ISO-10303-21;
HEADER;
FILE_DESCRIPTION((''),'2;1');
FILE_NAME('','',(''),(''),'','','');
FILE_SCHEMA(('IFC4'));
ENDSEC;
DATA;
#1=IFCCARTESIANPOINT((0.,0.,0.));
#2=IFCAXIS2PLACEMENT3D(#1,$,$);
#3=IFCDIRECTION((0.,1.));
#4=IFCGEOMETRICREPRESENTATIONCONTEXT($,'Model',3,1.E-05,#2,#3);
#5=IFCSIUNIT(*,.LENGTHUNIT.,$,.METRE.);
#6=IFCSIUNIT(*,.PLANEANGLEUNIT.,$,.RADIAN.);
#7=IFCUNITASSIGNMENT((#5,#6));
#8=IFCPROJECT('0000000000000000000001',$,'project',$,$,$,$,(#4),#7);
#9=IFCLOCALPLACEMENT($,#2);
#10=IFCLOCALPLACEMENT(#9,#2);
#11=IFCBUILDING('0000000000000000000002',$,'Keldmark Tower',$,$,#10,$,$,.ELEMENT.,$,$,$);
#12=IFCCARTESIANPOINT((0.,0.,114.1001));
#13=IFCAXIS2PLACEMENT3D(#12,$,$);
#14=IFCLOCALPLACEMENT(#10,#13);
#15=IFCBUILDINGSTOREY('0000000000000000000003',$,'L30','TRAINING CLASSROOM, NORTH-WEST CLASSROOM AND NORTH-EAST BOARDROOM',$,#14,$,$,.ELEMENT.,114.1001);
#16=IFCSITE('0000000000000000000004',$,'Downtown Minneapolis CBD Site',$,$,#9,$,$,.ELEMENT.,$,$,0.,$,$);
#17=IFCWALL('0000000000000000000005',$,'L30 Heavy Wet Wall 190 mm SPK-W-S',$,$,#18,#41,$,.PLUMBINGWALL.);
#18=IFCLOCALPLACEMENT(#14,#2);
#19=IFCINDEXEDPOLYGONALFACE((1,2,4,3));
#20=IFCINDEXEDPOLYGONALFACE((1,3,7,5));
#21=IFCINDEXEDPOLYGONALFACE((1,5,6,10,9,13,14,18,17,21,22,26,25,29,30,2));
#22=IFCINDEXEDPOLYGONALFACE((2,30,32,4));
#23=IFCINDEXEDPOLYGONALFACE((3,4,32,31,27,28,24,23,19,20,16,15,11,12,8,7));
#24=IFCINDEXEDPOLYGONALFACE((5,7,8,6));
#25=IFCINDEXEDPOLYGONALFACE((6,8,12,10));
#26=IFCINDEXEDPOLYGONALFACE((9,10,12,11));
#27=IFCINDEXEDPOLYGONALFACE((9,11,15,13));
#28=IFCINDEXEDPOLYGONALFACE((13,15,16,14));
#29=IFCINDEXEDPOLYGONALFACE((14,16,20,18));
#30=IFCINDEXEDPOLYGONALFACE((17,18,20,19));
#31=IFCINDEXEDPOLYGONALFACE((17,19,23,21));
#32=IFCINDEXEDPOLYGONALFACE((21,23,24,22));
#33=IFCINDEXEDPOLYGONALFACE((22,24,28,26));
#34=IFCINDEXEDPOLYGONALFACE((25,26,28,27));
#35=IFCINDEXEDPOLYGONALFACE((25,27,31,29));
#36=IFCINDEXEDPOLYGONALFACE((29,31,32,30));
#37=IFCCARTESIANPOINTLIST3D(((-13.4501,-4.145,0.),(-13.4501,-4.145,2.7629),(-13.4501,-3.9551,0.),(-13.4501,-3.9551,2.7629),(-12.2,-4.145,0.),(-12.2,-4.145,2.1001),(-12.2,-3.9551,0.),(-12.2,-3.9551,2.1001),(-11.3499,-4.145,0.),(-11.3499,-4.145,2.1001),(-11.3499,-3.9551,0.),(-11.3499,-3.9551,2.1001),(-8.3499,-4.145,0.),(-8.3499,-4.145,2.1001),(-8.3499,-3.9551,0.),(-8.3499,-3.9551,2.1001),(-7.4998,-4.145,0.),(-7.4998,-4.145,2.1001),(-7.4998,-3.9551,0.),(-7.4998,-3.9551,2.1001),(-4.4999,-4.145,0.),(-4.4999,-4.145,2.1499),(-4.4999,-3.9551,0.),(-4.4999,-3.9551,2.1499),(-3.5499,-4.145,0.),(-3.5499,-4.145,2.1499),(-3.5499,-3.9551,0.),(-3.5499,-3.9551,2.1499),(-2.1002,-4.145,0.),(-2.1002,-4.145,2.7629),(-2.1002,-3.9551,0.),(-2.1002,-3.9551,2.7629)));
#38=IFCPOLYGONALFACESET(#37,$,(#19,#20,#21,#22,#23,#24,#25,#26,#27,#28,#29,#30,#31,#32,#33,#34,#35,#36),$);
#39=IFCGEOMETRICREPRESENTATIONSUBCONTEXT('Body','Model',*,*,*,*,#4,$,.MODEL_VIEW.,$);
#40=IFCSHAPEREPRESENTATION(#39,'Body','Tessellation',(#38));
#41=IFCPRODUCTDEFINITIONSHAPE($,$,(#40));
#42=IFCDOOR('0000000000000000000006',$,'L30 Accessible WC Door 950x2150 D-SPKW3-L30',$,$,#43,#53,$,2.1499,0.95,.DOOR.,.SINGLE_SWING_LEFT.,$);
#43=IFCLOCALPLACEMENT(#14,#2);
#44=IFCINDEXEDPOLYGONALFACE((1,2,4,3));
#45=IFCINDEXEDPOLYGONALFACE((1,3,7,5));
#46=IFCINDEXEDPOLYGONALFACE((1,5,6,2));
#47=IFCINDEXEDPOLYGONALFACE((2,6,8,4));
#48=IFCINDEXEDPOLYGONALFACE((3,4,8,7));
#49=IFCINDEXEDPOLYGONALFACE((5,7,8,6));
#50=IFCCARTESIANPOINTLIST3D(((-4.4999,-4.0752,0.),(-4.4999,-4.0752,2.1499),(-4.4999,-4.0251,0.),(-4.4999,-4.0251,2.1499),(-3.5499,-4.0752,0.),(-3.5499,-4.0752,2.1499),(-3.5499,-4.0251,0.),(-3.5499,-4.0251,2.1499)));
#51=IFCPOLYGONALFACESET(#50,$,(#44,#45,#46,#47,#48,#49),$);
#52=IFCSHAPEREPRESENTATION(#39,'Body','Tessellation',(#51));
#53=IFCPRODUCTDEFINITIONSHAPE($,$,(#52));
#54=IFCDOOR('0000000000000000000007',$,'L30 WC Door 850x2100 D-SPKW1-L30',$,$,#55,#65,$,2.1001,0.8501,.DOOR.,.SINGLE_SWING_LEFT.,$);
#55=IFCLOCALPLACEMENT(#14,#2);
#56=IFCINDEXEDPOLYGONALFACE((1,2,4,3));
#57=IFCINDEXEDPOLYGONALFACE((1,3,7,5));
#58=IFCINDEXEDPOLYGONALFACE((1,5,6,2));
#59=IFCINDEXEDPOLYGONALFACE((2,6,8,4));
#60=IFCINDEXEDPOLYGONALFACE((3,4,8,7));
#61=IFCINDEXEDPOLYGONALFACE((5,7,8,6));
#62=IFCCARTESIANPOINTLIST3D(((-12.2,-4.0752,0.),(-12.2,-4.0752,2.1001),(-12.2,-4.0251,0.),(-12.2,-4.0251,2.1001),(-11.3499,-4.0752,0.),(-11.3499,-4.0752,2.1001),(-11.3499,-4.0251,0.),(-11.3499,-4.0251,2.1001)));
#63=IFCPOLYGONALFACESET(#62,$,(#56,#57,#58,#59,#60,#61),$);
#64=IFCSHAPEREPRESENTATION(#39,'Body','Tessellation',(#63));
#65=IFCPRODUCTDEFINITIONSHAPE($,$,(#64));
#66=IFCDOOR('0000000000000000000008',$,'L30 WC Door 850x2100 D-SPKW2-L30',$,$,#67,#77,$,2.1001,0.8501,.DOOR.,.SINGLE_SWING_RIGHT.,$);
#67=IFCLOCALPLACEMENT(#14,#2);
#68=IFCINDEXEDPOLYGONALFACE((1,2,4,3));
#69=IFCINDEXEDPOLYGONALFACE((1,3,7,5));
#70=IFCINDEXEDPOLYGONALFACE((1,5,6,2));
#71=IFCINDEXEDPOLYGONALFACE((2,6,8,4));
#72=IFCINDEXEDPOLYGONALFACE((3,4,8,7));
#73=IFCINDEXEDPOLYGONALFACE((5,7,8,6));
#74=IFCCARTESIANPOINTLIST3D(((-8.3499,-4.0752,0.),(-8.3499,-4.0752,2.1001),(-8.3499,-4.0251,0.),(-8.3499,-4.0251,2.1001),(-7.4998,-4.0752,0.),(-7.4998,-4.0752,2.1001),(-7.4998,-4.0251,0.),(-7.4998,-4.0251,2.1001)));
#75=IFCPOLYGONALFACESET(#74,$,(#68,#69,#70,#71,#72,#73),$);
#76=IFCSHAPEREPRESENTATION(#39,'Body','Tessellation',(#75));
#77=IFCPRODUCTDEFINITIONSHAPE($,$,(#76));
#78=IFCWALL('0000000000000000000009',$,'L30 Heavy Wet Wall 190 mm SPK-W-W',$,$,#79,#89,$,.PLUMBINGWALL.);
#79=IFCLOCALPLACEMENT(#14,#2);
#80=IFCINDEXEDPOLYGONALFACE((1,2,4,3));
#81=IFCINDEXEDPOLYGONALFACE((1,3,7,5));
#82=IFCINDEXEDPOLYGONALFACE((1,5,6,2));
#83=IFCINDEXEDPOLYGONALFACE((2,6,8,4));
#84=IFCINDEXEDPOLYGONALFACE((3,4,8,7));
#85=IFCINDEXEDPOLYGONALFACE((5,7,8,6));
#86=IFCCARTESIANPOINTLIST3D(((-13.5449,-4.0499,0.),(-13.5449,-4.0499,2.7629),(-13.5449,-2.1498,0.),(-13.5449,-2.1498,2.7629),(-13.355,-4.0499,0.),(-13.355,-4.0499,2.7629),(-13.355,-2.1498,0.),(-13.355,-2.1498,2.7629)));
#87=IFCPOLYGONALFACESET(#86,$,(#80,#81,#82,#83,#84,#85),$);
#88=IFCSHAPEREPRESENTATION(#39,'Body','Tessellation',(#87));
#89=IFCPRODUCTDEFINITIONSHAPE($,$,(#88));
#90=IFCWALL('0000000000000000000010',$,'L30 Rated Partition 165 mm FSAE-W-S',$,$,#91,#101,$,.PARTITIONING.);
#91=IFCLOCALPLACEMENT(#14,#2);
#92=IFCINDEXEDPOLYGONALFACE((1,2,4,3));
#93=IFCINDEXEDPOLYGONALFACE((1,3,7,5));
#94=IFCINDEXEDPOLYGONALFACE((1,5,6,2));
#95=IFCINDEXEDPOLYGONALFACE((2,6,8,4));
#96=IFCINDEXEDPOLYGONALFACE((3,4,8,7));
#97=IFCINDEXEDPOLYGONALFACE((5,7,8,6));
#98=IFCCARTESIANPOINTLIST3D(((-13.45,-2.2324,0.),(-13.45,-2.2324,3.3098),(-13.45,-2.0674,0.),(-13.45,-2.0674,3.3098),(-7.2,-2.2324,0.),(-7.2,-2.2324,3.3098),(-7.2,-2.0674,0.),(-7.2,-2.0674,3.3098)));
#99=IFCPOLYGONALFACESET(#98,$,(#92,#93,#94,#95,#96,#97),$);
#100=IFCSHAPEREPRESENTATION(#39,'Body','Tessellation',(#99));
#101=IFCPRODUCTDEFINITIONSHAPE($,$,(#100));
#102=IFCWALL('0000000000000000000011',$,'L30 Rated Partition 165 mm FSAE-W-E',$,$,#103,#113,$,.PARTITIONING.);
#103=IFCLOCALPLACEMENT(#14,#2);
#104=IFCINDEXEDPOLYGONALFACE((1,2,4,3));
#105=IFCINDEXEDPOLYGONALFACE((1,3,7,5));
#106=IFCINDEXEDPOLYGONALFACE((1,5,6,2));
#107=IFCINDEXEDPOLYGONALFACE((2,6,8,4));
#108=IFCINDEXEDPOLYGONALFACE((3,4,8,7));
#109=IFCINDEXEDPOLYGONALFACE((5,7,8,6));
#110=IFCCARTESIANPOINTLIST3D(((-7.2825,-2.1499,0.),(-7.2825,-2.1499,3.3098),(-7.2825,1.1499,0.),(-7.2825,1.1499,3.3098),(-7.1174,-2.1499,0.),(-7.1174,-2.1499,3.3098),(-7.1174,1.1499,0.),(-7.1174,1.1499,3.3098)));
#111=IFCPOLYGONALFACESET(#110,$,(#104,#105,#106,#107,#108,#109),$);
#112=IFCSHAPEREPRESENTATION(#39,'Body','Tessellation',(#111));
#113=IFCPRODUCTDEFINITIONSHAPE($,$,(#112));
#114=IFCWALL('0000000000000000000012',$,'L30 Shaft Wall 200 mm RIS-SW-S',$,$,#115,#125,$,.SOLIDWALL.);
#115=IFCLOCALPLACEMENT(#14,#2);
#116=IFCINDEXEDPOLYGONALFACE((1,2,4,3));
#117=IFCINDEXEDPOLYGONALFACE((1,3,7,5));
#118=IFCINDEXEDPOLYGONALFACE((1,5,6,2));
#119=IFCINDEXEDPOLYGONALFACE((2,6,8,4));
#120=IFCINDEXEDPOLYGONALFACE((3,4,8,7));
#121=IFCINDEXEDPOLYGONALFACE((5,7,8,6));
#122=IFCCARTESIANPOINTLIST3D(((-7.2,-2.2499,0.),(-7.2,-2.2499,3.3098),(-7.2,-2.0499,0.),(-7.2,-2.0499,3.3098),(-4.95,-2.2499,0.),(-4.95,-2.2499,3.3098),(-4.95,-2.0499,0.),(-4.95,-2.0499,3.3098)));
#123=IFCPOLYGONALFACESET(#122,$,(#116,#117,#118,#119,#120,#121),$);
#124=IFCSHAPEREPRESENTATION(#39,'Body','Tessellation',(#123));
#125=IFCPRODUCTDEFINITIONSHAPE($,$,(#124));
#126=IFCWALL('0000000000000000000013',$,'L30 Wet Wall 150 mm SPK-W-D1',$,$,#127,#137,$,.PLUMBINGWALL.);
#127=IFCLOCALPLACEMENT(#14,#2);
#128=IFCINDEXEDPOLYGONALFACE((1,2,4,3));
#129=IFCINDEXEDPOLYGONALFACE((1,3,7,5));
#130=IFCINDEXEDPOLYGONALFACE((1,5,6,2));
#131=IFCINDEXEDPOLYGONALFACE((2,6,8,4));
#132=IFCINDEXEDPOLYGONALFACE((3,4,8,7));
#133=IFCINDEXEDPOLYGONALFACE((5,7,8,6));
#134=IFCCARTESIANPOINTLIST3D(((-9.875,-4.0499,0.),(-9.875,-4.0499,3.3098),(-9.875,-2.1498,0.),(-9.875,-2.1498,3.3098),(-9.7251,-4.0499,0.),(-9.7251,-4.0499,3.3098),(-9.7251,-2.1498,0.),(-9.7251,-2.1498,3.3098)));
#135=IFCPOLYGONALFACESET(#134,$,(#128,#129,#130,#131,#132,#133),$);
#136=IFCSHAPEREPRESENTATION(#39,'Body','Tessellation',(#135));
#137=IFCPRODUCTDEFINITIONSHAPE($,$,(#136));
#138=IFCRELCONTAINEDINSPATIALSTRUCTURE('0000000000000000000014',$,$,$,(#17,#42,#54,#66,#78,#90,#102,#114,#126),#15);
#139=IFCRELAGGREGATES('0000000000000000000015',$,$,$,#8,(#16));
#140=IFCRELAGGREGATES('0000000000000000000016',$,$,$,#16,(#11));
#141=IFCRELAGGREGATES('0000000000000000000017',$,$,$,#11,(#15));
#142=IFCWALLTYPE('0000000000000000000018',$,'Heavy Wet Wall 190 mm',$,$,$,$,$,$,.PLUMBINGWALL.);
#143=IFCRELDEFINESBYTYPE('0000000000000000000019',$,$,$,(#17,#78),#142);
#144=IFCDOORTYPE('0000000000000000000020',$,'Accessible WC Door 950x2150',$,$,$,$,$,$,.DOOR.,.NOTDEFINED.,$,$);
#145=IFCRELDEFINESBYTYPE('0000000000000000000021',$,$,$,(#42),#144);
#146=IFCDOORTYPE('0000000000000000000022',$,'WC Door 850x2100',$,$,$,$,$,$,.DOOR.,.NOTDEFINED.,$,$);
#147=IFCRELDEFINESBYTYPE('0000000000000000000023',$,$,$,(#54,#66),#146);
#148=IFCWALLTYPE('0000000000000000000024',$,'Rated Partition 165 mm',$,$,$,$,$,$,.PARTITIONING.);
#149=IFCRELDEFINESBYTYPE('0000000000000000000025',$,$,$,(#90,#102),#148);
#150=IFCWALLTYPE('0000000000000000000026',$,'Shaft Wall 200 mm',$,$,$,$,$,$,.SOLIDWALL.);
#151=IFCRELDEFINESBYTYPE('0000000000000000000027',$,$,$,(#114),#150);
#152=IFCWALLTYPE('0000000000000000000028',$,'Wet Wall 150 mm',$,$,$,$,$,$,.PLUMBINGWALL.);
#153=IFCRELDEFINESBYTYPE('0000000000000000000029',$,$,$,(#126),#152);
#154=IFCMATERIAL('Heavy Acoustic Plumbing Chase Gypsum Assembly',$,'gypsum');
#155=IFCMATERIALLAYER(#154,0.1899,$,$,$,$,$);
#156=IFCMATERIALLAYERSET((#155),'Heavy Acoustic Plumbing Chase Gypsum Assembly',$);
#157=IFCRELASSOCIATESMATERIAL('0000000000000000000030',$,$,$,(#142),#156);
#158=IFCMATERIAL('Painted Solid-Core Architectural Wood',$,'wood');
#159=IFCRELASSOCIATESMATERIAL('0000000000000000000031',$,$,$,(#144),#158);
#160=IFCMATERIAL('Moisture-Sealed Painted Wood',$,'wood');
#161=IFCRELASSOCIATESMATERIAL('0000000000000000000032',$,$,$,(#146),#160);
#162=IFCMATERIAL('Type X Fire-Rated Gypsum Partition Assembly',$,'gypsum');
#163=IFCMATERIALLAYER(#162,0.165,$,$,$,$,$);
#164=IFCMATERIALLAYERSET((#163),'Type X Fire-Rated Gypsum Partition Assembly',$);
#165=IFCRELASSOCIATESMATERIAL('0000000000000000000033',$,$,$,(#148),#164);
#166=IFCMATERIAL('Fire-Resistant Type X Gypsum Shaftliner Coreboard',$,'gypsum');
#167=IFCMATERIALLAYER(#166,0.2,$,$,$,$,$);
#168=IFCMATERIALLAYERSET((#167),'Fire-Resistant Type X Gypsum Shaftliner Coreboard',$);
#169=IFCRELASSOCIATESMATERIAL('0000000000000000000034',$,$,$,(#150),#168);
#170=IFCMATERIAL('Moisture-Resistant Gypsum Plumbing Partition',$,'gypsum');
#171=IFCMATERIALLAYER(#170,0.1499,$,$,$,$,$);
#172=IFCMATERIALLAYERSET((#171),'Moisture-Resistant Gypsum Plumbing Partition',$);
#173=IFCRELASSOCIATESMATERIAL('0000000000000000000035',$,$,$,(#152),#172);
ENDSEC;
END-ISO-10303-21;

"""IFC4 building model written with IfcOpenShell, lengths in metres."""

from ifc_helpers import new_model, si_unit, direction, frame, frame_2d, origin, place, context, subcontext, project, spatial, rectangle, extrude, material, layer, layer_set, type_object, element, fill, save


model = new_model("IFC4")

# Units and contexts
model_context = context("Model", 3, precision=1e-05, world=origin(), true_north=direction((0.0, 1.0)))
body_context = subcontext(model_context, "Body", "Model", "MODEL_VIEW")
ifc_project = project(units=[si_unit("LENGTHUNIT", "METRE"), si_unit("PLANEANGLEUNIT", "RADIAN")], contexts=[model_context])

# Site, building, storey
site_placement = place(None, origin())
site = spatial("IfcSite", under=ifc_project, at=site_placement, Name="Downtown Minneapolis CBD Site", CompositionType="ELEMENT", RefElevation=0.0)
building_placement = place(site_placement, origin())
building = spatial("IfcBuilding", under=site, at=building_placement, Name="Keldmark Tower", CompositionType="ELEMENT")
storey_placement = place(building_placement, frame((0.0, 0.0, 114.1001)))
storey = spatial("IfcBuildingStorey", under=building, at=storey_placement, Name="L30", Description="TRAINING CLASSROOM, NORTH-WEST CLASSROOM AND NORTH-EAST BOARDROOM", CompositionType="ELEMENT", Elevation=114.1001)

# Wall, openings, doors
ifc_material_1 = material(Name="Heavy Acoustic Plumbing Chase Gypsum Assembly", Category="gypsum")
ifc_layer_1 = layer(ifc_material_1, 0.1899)
ifc_layer_set_1 = layer_set([ifc_layer_1], Name="Heavy Acoustic Plumbing Chase Gypsum Assembly")
wall_type_1 = type_object("IfcWallType", Name="Heavy Wet Wall 190 mm", PredefinedType="PLUMBINGWALL", material=ifc_layer_set_1)
wall_1_placement = place(storey_placement, frame((-13.45, -4.05, 0.0), z_axis=(0.0, 0.0, 1.0), x_axis=(1.0, 0.0, 0.0)))
wall_1 = element("IfcWall", 1, at=wall_1_placement, inside=storey, type_object=wall_type_1, Name="L30 Heavy Wet Wall 190 mm SPK-W-S", PredefinedType="PLUMBINGWALL", context=body_context, shape_type="SweptSolid", body=[
    extrude(rectangle(XDim=11.3499, YDim=0.1899, at=frame_2d((5.6748, 0.0))), origin(), (0.0, 0.0, 1.0), 2.7629),
])
opening_1_placement = place(wall_1_placement, frame((1.25, 0.0, 0.0)))
opening_1 = element("IfcOpeningElement", 2, at=opening_1_placement, cuts=wall_1, PredefinedType="OPENING", context=body_context, shape_type="SweptSolid", body=[
    extrude(rectangle(XDim=0.8501, YDim=2.1001, at=frame_2d((0.425, 1.05))), frame((0.0, 0.105, 0.0), z_axis=(0.0, -1.0, 0.0), x_axis=(1.0, 0.0, 0.0)), (0.0, 0.0, 1.0), 0.21),
])
opening_2_placement = place(wall_1_placement, frame((5.1001, 0.0, 0.0)))
opening_2 = element("IfcOpeningElement", 3, at=opening_2_placement, cuts=wall_1, PredefinedType="OPENING", context=body_context, shape_type="SweptSolid", body=[
    extrude(rectangle(XDim=0.8501, YDim=2.1001, at=frame_2d((0.425, 1.05))), frame((0.0, 0.105, 0.0), z_axis=(0.0, -1.0, 0.0), x_axis=(1.0, 0.0, 0.0)), (0.0, 0.0, 1.0), 0.21),
])
opening_3_placement = place(wall_1_placement, frame((8.95, 0.0, 0.0)))
opening_3 = element("IfcOpeningElement", 4, at=opening_3_placement, cuts=wall_1, PredefinedType="OPENING", context=body_context, shape_type="SweptSolid", body=[
    extrude(rectangle(XDim=0.95, YDim=2.1499, at=frame_2d((0.4751, 1.075))), frame((0.0, 0.105, 0.0), z_axis=(0.0, -1.0, 0.0), x_axis=(1.0, 0.0, 0.0)), (0.0, 0.0, 1.0), 0.21),
])
ifc_material_2 = material(Name="Painted Solid-Core Architectural Wood", Category="wood")
door_type_1 = type_object("IfcDoorType", Name="Accessible WC Door 950x2150", OperationType="NOTDEFINED", PredefinedType="DOOR", material=ifc_material_2)
door_1_placement = place(opening_3_placement, origin())
door_1 = element("IfcDoor", 5, at=door_1_placement, inside=storey, type_object=door_type_1, Name="L30 Accessible WC Door 950x2150 D-SPKW3-L30", OperationType="SINGLE_SWING_LEFT", OverallHeight=2.1499, OverallWidth=0.95, PredefinedType="DOOR", context=body_context, shape_type="SweptSolid", body=[
    extrude(rectangle(XDim=0.95, YDim=2.1499, at=frame_2d((0.4751, 1.075))), frame((0.0, 0.0249, 0.0), z_axis=(0.0, -1.0, 0.0), x_axis=(1.0, 0.0, 0.0)), (0.0, 0.0, 1.0), 0.05),
])
fill(opening_3, door_1)
ifc_material_3 = material(Name="Moisture-Sealed Painted Wood", Category="wood")
door_type_2 = type_object("IfcDoorType", Name="WC Door 850x2100", OperationType="NOTDEFINED", PredefinedType="DOOR", material=ifc_material_3)
door_2_placement = place(opening_1_placement, origin())
door_2 = element("IfcDoor", 6, at=door_2_placement, inside=storey, type_object=door_type_2, Name="L30 WC Door 850x2100 D-SPKW1-L30", OperationType="SINGLE_SWING_LEFT", OverallHeight=2.1001, OverallWidth=0.8501, PredefinedType="DOOR", context=body_context, shape_type="SweptSolid", body=[
    extrude(rectangle(XDim=0.8501, YDim=2.1001, at=frame_2d((0.425, 1.05))), frame((0.0, 0.0249, 0.0), z_axis=(0.0, -1.0, 0.0), x_axis=(1.0, 0.0, 0.0)), (0.0, 0.0, 1.0), 0.05),
])
fill(opening_1, door_2)
door_3_placement = place(opening_2_placement, origin())
door_3 = element("IfcDoor", 7, at=door_3_placement, inside=storey, type_object=door_type_2, Name="L30 WC Door 850x2100 D-SPKW2-L30", OperationType="SINGLE_SWING_RIGHT", OverallHeight=2.1001, OverallWidth=0.8501, PredefinedType="DOOR", context=body_context, shape_type="SweptSolid", body=[
    extrude(rectangle(XDim=0.8501, YDim=2.1001, at=frame_2d((0.425, 1.05))), frame((0.0, 0.0249, 0.0), z_axis=(0.0, -1.0, 0.0), x_axis=(1.0, 0.0, 0.0)), (0.0, 0.0, 1.0), 0.05),
])
fill(opening_2, door_3)

# Walls
wall_2_placement = place(storey_placement, frame((-13.45, -4.05, 0.0), z_axis=(0.0, 0.0, 1.0), x_axis=(0.0, 1.0, 0.0)))
element("IfcWall", 8, at=wall_2_placement, inside=storey, type_object=wall_type_1, Name="L30 Heavy Wet Wall 190 mm SPK-W-W", PredefinedType="PLUMBINGWALL", context=body_context, shape_type="SweptSolid", body=[
    extrude(rectangle(XDim=1.9001, YDim=0.1899, at=frame_2d((0.9502, 0.0))), origin(), (0.0, 0.0, 1.0), 2.7629),
])
ifc_material_4 = material(Name="Type X Fire-Rated Gypsum Partition Assembly", Category="gypsum")
ifc_layer_2 = layer(ifc_material_4, 0.165)
ifc_layer_set_2 = layer_set([ifc_layer_2], Name="Type X Fire-Rated Gypsum Partition Assembly")
wall_type_2 = type_object("IfcWallType", Name="Rated Partition 165 mm", PredefinedType="PARTITIONING", material=ifc_layer_set_2)
wall_3_placement = place(storey_placement, frame((-13.45, -2.1499, 0.0), z_axis=(0.0, 0.0, 1.0), x_axis=(1.0, 0.0, 0.0)))
element("IfcWall", 9, at=wall_3_placement, inside=storey, type_object=wall_type_2, Name="L30 Rated Partition 165 mm FSAE-W-S", PredefinedType="PARTITIONING", context=body_context, shape_type="SweptSolid", body=[
    extrude(rectangle(XDim=6.25, YDim=0.165, at=frame_2d((3.125, 0.0))), origin(), (0.0, 0.0, 1.0), 3.3098),
])

# Walls
wall_4_placement = place(storey_placement, frame((-7.2, -2.1499, 0.0), z_axis=(0.0, 0.0, 1.0), x_axis=(0.0, 1.0, 0.0)))
element("IfcWall", 10, at=wall_4_placement, inside=storey, type_object=wall_type_2, Name="L30 Rated Partition 165 mm FSAE-W-E", PredefinedType="PARTITIONING", context=body_context, shape_type="SweptSolid", body=[
    extrude(rectangle(XDim=3.2998, YDim=0.165, at=frame_2d((1.6499, 0.0))), origin(), (0.0, 0.0, 1.0), 3.3098),
])
ifc_material_5 = material(Name="Fire-Resistant Type X Gypsum Shaftliner Coreboard", Category="gypsum")
ifc_layer_3 = layer(ifc_material_5, 0.2)
ifc_layer_set_3 = layer_set([ifc_layer_3], Name="Fire-Resistant Type X Gypsum Shaftliner Coreboard")
wall_type_3 = type_object("IfcWallType", Name="Shaft Wall 200 mm", PredefinedType="SOLIDWALL", material=ifc_layer_set_3)
wall_5_placement = place(storey_placement, frame((-7.2, -2.1499, 0.0), z_axis=(0.0, 0.0, 1.0), x_axis=(1.0, 0.0, 0.0)))
element("IfcWall", 11, at=wall_5_placement, inside=storey, type_object=wall_type_3, Name="L30 Shaft Wall 200 mm RIS-SW-S", PredefinedType="SOLIDWALL", context=body_context, shape_type="SweptSolid", body=[
    extrude(rectangle(XDim=2.25, YDim=0.2, at=frame_2d((1.125, 0.0))), origin(), (0.0, 0.0, 1.0), 3.3098),
])
ifc_material_6 = material(Name="Moisture-Resistant Gypsum Plumbing Partition", Category="gypsum")
ifc_layer_4 = layer(ifc_material_6, 0.1499)
ifc_layer_set_4 = layer_set([ifc_layer_4], Name="Moisture-Resistant Gypsum Plumbing Partition")
wall_type_4 = type_object("IfcWallType", Name="Wet Wall 150 mm", PredefinedType="PLUMBINGWALL", material=ifc_layer_set_4)
wall_6_placement = place(storey_placement, frame((-9.8, -4.05, 0.0), z_axis=(0.0, 0.0, 1.0), x_axis=(0.0, 1.0, 0.0)))
element("IfcWall", 12, at=wall_6_placement, inside=storey, type_object=wall_type_4, Name="L30 Wet Wall 150 mm SPK-W-D1", PredefinedType="PLUMBINGWALL", context=body_context, shape_type="SweptSolid", body=[
    extrude(rectangle(XDim=1.9001, YDim=0.1499, at=frame_2d((0.9502, 0.0))), origin(), (0.0, 0.0, 1.0), 3.3098),
])

save(model, "model.ifc")
